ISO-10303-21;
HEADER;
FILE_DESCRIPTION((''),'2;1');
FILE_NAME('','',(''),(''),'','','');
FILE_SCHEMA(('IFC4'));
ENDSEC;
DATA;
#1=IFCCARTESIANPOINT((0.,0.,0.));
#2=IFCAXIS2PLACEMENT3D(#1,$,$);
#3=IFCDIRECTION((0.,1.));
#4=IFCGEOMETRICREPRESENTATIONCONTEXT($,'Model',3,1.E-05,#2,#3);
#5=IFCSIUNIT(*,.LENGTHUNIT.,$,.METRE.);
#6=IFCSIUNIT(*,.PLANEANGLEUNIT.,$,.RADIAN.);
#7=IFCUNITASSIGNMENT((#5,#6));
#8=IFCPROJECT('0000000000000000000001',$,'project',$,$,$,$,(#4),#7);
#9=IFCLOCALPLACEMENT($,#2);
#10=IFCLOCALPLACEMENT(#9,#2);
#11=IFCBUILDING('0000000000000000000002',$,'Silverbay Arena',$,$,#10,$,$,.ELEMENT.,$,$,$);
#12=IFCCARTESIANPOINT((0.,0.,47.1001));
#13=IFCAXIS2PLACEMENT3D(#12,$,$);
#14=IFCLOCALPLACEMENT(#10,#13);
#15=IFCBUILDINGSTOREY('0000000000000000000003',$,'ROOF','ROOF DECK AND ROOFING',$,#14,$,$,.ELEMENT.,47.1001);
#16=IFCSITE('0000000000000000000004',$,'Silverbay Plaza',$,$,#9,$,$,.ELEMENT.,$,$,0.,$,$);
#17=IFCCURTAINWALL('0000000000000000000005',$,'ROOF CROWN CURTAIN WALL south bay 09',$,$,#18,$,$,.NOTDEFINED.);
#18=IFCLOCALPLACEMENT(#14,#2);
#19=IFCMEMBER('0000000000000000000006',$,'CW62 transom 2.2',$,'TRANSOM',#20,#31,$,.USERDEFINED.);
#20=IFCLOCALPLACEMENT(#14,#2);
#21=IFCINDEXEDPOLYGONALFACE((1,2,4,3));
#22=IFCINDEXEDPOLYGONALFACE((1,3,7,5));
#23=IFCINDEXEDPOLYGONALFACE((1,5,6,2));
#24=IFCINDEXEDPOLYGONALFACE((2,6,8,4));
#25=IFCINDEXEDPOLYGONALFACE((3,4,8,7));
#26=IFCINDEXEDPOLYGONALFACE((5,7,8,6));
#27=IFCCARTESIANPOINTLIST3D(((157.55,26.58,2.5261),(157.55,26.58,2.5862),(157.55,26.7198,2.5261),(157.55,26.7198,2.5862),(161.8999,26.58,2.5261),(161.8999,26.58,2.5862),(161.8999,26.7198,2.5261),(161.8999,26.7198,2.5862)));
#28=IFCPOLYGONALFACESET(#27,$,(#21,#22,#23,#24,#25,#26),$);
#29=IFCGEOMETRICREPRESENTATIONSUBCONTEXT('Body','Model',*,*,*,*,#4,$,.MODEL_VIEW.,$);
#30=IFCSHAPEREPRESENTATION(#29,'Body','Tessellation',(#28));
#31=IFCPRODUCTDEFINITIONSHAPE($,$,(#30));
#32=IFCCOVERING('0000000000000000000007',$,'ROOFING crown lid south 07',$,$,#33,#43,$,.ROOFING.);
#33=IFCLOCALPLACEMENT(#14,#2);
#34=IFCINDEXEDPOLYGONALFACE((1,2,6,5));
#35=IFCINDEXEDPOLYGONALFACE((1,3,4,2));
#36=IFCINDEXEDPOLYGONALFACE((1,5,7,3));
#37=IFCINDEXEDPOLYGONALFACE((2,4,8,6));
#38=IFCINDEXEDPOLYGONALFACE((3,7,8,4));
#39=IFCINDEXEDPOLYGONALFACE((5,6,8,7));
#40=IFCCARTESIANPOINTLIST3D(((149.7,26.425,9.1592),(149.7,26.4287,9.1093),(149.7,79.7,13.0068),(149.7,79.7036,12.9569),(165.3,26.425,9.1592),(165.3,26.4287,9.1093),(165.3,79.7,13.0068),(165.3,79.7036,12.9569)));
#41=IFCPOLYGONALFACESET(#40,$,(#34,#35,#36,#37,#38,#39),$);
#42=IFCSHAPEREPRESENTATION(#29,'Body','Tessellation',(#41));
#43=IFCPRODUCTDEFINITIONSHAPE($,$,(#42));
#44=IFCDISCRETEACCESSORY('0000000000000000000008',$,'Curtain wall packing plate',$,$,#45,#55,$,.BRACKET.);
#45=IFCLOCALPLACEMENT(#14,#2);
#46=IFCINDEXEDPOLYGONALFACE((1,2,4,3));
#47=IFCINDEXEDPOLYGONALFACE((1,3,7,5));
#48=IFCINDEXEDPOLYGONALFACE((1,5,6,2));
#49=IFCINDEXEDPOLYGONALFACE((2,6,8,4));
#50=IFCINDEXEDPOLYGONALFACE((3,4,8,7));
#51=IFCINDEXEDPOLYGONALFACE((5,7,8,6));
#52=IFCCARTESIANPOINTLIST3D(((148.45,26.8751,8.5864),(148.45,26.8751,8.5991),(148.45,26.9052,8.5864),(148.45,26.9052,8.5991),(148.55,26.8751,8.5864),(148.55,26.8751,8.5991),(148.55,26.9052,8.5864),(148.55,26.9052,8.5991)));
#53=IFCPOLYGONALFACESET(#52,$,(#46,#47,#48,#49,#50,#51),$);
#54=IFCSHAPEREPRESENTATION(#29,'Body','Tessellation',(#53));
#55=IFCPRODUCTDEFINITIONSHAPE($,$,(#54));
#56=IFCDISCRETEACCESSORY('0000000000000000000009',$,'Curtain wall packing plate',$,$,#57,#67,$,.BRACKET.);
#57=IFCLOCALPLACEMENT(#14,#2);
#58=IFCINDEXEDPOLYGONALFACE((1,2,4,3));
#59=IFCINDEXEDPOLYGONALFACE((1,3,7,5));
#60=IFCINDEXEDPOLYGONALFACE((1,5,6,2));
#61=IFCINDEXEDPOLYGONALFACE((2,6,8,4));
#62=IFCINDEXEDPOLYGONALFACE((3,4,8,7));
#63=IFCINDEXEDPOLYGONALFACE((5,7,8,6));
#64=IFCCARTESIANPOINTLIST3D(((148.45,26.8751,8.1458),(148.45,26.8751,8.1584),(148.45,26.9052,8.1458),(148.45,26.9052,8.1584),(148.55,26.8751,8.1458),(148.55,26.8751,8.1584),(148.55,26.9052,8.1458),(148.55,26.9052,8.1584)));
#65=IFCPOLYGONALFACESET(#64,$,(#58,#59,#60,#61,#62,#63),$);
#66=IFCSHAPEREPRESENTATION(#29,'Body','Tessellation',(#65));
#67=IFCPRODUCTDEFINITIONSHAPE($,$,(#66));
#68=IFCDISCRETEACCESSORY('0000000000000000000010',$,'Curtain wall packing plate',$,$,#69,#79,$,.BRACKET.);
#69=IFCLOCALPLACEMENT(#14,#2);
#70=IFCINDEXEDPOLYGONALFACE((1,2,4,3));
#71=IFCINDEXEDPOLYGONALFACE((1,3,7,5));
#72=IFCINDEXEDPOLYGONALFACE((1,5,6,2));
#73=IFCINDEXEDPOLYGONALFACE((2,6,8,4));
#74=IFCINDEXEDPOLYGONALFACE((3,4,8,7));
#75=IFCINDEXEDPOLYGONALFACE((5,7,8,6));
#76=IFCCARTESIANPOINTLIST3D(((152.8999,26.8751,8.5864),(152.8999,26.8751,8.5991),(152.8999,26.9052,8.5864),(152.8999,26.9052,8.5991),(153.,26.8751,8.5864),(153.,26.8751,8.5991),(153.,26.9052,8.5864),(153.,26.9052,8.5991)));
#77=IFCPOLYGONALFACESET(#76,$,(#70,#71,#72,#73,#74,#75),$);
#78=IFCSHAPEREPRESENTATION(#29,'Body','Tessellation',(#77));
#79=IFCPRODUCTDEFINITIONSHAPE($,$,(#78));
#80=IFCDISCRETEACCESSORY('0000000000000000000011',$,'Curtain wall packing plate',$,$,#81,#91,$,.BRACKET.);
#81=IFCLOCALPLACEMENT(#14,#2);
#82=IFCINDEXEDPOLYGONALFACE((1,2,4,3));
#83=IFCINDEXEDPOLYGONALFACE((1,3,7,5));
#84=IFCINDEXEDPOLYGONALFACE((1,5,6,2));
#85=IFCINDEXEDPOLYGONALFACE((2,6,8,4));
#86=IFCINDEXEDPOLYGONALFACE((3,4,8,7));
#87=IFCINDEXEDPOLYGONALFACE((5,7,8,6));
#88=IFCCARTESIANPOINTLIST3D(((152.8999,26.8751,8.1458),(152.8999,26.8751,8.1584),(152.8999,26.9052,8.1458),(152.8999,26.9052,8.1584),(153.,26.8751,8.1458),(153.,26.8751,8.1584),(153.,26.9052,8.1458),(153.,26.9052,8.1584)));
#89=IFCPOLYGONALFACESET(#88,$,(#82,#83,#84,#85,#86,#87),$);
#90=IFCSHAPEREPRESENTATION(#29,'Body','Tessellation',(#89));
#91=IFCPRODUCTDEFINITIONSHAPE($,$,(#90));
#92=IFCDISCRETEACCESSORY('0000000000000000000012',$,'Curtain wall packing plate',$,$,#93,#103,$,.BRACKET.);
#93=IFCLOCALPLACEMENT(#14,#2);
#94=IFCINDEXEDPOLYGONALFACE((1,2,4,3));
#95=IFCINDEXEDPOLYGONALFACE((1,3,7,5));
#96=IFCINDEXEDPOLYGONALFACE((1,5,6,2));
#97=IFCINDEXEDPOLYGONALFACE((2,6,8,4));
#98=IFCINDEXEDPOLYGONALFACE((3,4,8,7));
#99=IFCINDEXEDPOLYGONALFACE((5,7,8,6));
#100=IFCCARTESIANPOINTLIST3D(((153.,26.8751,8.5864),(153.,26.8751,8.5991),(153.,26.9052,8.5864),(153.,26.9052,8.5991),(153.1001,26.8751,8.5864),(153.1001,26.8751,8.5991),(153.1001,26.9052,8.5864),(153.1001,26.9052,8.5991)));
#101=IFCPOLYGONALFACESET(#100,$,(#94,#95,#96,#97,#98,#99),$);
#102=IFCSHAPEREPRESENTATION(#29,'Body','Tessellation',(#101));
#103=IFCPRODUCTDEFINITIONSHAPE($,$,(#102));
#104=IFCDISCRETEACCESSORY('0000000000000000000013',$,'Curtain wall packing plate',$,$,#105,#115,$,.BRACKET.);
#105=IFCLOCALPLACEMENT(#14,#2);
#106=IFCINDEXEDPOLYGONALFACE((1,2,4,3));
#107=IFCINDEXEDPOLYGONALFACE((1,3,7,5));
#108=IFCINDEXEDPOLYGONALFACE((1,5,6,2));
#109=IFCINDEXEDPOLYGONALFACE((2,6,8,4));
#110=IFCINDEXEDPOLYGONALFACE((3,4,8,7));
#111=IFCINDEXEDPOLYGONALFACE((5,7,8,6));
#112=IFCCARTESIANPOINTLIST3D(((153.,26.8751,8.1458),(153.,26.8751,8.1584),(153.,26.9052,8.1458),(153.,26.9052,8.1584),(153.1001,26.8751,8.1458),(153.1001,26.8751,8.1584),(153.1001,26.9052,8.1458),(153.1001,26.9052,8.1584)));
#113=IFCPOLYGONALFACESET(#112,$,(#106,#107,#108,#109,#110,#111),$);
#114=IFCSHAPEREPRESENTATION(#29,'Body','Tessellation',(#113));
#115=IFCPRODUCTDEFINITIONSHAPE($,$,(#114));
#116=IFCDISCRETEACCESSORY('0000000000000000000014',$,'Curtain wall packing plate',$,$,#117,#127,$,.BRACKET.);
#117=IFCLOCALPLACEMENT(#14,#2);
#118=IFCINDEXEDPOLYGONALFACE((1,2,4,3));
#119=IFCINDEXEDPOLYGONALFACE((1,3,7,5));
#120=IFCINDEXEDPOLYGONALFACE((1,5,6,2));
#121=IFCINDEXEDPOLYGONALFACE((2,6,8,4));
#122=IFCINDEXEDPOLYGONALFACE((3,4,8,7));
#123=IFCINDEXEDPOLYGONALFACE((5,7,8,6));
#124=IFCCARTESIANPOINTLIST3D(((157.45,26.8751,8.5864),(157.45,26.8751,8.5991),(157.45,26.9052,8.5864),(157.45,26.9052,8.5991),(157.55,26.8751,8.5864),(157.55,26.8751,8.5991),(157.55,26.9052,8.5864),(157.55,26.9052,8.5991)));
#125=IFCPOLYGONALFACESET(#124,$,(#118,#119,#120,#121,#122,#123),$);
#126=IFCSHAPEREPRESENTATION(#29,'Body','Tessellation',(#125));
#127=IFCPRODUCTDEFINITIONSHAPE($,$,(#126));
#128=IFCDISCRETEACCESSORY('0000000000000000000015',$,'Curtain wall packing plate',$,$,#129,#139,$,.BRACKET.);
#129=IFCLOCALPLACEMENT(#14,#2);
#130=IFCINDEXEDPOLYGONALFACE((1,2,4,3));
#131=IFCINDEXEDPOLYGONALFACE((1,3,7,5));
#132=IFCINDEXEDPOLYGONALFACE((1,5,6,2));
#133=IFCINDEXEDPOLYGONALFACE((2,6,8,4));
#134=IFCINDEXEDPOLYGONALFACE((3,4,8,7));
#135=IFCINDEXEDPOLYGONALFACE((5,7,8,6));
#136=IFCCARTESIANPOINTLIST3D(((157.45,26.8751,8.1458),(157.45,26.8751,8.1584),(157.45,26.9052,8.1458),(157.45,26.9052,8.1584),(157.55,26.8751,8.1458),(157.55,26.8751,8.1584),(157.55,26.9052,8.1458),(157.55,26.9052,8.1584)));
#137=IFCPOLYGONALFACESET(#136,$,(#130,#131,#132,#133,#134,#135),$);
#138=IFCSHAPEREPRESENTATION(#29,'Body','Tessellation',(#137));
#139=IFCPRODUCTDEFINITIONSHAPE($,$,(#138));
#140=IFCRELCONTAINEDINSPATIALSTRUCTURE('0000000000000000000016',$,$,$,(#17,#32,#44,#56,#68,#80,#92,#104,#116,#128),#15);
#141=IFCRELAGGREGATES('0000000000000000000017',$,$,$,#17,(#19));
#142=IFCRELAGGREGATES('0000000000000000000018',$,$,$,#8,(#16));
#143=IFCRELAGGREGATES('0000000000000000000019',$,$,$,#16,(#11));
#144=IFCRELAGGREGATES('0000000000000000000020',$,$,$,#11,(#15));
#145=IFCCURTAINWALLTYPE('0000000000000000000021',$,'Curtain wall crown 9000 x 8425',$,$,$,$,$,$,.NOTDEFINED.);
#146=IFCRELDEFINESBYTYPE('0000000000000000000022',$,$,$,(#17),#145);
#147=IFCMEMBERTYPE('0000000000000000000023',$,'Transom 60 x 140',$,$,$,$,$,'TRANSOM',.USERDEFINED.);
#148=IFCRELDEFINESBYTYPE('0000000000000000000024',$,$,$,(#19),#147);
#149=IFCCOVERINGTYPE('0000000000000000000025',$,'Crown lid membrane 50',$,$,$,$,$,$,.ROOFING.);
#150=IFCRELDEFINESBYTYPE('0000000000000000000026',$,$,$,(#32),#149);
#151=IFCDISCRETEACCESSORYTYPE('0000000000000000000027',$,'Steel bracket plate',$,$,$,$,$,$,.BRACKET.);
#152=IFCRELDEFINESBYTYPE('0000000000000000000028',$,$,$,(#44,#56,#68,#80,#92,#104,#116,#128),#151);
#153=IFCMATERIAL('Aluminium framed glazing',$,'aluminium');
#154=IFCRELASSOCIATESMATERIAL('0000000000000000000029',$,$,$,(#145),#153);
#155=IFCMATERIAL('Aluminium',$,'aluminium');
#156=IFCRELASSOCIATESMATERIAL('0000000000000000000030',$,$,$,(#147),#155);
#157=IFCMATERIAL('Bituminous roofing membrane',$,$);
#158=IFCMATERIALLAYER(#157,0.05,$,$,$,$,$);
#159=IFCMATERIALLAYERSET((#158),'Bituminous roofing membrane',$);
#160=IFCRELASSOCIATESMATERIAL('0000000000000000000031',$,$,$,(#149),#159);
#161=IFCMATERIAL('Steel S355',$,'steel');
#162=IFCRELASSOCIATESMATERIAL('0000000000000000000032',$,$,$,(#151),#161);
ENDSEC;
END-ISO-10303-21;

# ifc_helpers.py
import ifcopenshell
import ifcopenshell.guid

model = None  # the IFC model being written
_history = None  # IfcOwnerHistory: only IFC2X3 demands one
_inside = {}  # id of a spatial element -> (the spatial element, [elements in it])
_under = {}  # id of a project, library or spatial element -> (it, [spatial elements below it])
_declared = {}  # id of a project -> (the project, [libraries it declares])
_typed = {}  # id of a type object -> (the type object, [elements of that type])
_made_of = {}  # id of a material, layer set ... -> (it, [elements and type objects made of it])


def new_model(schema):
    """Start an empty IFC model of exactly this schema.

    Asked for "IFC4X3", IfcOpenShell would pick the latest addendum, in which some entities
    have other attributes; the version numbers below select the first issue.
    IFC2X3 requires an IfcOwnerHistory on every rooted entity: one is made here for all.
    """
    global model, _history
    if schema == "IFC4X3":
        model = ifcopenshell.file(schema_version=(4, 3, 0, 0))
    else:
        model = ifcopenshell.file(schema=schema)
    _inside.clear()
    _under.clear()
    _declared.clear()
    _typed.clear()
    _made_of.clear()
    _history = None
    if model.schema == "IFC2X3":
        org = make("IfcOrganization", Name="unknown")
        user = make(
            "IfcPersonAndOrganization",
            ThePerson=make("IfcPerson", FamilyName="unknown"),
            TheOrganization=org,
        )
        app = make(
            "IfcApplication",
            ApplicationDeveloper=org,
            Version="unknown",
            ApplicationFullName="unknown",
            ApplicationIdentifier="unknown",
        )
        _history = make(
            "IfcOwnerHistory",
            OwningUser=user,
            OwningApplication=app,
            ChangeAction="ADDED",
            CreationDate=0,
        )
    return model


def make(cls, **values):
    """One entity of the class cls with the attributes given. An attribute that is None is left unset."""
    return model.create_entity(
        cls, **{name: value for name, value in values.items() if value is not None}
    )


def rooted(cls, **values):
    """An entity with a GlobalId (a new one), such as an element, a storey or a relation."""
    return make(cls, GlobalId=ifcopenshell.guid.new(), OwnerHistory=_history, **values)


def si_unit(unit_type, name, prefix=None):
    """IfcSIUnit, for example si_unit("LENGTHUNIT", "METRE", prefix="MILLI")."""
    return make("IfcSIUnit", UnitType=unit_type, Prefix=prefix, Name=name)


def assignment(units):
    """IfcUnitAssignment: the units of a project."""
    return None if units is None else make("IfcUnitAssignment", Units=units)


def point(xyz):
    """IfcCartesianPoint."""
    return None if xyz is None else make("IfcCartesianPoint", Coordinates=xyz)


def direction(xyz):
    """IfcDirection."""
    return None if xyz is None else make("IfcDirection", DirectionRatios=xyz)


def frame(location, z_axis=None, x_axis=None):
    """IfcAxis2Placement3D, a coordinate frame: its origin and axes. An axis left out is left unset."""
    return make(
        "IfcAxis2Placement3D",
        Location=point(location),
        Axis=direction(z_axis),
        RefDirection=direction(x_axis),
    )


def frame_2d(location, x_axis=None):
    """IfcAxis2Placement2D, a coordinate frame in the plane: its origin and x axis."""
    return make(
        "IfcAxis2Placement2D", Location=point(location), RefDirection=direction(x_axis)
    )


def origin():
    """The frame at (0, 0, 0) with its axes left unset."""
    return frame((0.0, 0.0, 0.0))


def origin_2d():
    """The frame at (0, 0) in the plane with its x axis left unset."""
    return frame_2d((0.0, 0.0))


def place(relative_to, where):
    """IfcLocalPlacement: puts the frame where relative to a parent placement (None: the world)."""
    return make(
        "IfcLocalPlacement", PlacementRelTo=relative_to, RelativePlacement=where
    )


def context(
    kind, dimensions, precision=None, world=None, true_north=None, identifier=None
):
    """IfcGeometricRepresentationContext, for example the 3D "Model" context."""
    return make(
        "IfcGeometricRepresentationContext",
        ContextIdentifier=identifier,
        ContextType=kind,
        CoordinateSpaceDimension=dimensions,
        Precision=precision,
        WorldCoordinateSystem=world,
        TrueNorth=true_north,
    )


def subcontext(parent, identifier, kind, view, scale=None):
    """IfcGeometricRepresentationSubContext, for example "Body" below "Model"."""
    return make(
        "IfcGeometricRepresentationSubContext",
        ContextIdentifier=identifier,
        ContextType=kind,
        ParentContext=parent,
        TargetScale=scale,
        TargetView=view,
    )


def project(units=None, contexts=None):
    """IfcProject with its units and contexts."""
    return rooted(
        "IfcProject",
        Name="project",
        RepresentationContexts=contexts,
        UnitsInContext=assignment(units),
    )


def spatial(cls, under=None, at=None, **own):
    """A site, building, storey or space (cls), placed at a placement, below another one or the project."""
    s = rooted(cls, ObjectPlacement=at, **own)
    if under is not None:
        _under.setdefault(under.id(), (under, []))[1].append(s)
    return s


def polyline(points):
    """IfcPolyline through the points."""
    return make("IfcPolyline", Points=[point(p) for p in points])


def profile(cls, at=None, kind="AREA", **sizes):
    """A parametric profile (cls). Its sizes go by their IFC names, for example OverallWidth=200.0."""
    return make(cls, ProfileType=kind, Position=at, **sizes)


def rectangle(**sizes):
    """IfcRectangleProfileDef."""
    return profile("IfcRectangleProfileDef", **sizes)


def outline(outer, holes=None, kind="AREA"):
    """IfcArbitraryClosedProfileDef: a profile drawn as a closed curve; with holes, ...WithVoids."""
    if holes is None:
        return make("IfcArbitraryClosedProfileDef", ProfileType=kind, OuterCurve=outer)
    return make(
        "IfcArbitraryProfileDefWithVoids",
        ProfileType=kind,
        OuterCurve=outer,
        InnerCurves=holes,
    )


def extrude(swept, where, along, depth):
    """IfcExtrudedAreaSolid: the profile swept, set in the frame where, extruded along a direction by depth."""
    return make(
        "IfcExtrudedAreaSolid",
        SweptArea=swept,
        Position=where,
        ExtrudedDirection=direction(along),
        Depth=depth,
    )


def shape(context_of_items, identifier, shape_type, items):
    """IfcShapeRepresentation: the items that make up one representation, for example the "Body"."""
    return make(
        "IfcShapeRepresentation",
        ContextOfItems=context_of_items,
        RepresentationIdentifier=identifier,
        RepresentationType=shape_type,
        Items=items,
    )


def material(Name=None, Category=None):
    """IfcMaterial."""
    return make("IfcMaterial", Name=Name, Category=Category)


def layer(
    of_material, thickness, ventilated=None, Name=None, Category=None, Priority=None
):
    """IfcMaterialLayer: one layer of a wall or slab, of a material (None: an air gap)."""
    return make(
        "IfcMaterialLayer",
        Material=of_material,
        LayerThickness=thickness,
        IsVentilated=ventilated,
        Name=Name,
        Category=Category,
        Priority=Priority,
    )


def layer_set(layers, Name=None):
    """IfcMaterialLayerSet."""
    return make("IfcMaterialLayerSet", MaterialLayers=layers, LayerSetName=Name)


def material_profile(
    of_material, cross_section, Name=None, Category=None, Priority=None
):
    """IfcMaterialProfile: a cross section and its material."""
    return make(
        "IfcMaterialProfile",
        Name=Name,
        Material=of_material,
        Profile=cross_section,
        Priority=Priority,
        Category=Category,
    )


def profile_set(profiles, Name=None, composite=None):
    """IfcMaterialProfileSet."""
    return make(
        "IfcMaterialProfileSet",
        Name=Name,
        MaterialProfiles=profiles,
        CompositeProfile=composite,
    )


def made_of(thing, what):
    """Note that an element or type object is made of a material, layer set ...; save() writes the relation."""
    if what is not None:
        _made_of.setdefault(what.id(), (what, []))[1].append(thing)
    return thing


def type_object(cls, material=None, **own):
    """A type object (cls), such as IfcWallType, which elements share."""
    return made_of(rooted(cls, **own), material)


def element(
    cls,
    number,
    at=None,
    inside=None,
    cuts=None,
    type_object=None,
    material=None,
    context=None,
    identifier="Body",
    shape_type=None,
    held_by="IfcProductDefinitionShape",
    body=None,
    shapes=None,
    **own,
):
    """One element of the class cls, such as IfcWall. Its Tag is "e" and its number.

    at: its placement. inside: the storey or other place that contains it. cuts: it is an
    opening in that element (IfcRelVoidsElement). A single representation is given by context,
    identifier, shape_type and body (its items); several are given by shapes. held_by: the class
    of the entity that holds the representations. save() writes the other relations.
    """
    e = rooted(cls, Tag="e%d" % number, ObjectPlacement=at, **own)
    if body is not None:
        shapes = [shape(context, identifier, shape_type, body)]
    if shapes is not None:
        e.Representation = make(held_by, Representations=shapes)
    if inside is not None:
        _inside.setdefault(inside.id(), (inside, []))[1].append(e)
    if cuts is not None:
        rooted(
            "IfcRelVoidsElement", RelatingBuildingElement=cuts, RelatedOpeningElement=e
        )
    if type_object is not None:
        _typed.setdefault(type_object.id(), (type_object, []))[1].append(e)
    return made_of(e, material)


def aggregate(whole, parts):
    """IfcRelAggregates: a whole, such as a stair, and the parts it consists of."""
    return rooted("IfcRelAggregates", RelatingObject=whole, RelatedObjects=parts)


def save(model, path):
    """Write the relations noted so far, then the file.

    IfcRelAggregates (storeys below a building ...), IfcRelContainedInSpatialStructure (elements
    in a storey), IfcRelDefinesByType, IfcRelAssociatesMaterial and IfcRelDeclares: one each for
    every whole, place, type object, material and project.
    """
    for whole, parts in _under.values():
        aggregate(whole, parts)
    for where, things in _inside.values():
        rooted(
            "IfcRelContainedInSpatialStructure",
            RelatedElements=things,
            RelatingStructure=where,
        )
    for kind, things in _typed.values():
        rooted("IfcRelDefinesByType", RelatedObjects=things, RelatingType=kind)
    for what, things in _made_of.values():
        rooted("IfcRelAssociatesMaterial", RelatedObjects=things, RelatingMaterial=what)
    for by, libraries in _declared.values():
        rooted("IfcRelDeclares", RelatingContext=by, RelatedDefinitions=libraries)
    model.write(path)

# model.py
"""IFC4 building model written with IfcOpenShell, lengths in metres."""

from ifc_helpers import new_model, si_unit, direction, frame, origin, origin_2d, place, context, subcontext, project, spatial, polyline, rectangle, outline, extrude, material, layer, layer_set, material_profile, profile_set, type_object, element, aggregate, save


model = new_model("IFC4")

# Units and contexts
model_context = context("Model", 3, precision=1e-05, world=origin(), true_north=direction((0.0, 1.0)))
body_context = subcontext(model_context, "Body", "Model", "MODEL_VIEW")
ifc_project = project(units=[si_unit("LENGTHUNIT", "METRE"), si_unit("PLANEANGLEUNIT", "RADIAN")], contexts=[model_context])

# Site, building, storey
site_placement = place(None, origin())
site = spatial("IfcSite", under=ifc_project, at=site_placement, Name="Silverbay Plaza", CompositionType="ELEMENT", RefElevation=0.0)
building_placement = place(site_placement, origin())
building = spatial("IfcBuilding", under=site, at=building_placement, Name="Silverbay Arena", CompositionType="ELEMENT")
storey_placement = place(building_placement, frame((0.0, 0.0, 47.1001)))
storey = spatial("IfcBuildingStorey", under=building, at=storey_placement, Name="ROOF", Description="ROOF DECK AND ROOFING", CompositionType="ELEMENT", Elevation=47.1001)

# Curtain wall
ifc_material_1 = material(Name="Aluminium framed glazing", Category="aluminium")
curtain_wall_type = type_object("IfcCurtainWallType", Name="Curtain wall crown 9000 x 8425", PredefinedType="NOTDEFINED", material=ifc_material_1)
placement = place(building_placement, frame((0.0, 0.0, 33.5)))
curtain_wall_1_placement = place(storey_placement, origin())
curtain_wall_1 = element("IfcCurtainWall", 1, at=curtain_wall_1_placement, inside=storey, type_object=curtain_wall_type, Name="ROOF CROWN CURTAIN WALL south bay 09", PredefinedType="NOTDEFINED")

# Member
ifc_material_2 = material(Name="Aluminium", Category="aluminium")
ifc_material_profile_1 = material_profile(ifc_material_2, rectangle(XDim=0.1399, YDim=0.0601, at=origin_2d()), Name="Transom 60 x 140")
ifc_profile_set_1 = profile_set([ifc_material_profile_1], Name="Aluminium")
member_type_1 = type_object("IfcMemberType", Name="Transom 60 x 140", ElementType="TRANSOM", PredefinedType="USERDEFINED", material=ifc_profile_set_1)
member_1_placement = place(placement, frame((157.55, 26.6499, 16.1562), z_axis=(1.0, 0.0, 0.0), x_axis=(0.0, 1.0, 0.0)))
member_1 = element("IfcMember", 2, at=member_1_placement, type_object=member_type_1, Name="CW62 transom 2.2", ObjectType="TRANSOM", PredefinedType="USERDEFINED", context=body_context, shape_type="SweptSolid", body=[
    extrude(rectangle(XDim=0.1399, YDim=0.0601, at=origin_2d()), origin(), (0.0, 0.0, 1.0), 4.3499),
])

aggregate(curtain_wall_1, [member_1])

# Covering
ifc_material_3 = material(Name="Bituminous roofing membrane")
ifc_layer_1 = layer(ifc_material_3, 0.05)
ifc_layer_set_1 = layer_set([ifc_layer_1], Name="Bituminous roofing membrane")
covering_type = type_object("IfcCoveringType", Name="Crown lid membrane 50", PredefinedType="ROOFING", material=ifc_layer_set_1)
covering_placement = place(storey_placement, frame((149.7, 26.425, 9.1592), z_axis=(0.0, -0.072035, 0.997402), x_axis=(1.0, 0.0, 0.0)))
element("IfcCovering", 3, at=covering_placement, inside=storey, type_object=covering_type, Name="ROOFING crown lid south 07", PredefinedType="ROOFING", context=body_context, shape_type="SweptSolid", body=[
    extrude(outline(polyline([(0.0, 0.0), (15.6001, 0.0), (15.6001, 53.4137), (0.0, 53.4137), (0.0, 0.0)])), origin(), (0.0, 0.0, -1.0), 0.05),
])

# Discrete accessories
ifc_material_4 = material(Name="Steel S355", Category="steel")
discrete_accessory_type = type_object("IfcDiscreteAccessoryType", Name="Steel bracket plate", PredefinedType="BRACKET", material=ifc_material_4)
for number, where, z_axis, x_axis, name in (
    (4, (148.5, 26.8901, 8.5864), (0.0, 0.0, 1.0), (1.0, 0.0, 0.0), "Curtain wall packing plate"),
    (5, (148.5, 26.8901, 8.1458), (0.0, 0.0, 1.0), (1.0, 0.0, 0.0), "Curtain wall packing plate"),
    (6, (152.95, 26.8901, 8.5864), (0.0, 0.0, 1.0), (1.0, 0.0, 0.0), "Curtain wall packing plate"),
    (7, (152.95, 26.8901, 8.1458), (0.0, 0.0, 1.0), (1.0, 0.0, 0.0), "Curtain wall packing plate"),
    (8, (153.05, 26.8901, 8.5864), (0.0, 0.0, 1.0), (1.0, 0.0, 0.0), "Curtain wall packing plate"),
    (9, (153.05, 26.8901, 8.1458), (0.0, 0.0, 1.0), (1.0, 0.0, 0.0), "Curtain wall packing plate"),
    (10, (157.5, 26.8901, 8.5864), (0.0, 0.0, 1.0), (1.0, 0.0, 0.0), "Curtain wall packing plate"),
    (11, (157.5, 26.8901, 8.1458), (0.0, 0.0, 1.0), (1.0, 0.0, 0.0), "Curtain wall packing plate"),
):
    element("IfcDiscreteAccessory", number, at=place(storey_placement, frame(where, z_axis=z_axis, x_axis=x_axis)), inside=storey, type_object=discrete_accessory_type, Name=name, PredefinedType="BRACKET", context=body_context, shape_type="SweptSolid", body=[
        extrude(rectangle(XDim=0.1001, YDim=0.03, at=origin_2d()), origin(), (0.0, 0.0, 1.0), 0.0127),
    ])

save(model, "model.ifc")
